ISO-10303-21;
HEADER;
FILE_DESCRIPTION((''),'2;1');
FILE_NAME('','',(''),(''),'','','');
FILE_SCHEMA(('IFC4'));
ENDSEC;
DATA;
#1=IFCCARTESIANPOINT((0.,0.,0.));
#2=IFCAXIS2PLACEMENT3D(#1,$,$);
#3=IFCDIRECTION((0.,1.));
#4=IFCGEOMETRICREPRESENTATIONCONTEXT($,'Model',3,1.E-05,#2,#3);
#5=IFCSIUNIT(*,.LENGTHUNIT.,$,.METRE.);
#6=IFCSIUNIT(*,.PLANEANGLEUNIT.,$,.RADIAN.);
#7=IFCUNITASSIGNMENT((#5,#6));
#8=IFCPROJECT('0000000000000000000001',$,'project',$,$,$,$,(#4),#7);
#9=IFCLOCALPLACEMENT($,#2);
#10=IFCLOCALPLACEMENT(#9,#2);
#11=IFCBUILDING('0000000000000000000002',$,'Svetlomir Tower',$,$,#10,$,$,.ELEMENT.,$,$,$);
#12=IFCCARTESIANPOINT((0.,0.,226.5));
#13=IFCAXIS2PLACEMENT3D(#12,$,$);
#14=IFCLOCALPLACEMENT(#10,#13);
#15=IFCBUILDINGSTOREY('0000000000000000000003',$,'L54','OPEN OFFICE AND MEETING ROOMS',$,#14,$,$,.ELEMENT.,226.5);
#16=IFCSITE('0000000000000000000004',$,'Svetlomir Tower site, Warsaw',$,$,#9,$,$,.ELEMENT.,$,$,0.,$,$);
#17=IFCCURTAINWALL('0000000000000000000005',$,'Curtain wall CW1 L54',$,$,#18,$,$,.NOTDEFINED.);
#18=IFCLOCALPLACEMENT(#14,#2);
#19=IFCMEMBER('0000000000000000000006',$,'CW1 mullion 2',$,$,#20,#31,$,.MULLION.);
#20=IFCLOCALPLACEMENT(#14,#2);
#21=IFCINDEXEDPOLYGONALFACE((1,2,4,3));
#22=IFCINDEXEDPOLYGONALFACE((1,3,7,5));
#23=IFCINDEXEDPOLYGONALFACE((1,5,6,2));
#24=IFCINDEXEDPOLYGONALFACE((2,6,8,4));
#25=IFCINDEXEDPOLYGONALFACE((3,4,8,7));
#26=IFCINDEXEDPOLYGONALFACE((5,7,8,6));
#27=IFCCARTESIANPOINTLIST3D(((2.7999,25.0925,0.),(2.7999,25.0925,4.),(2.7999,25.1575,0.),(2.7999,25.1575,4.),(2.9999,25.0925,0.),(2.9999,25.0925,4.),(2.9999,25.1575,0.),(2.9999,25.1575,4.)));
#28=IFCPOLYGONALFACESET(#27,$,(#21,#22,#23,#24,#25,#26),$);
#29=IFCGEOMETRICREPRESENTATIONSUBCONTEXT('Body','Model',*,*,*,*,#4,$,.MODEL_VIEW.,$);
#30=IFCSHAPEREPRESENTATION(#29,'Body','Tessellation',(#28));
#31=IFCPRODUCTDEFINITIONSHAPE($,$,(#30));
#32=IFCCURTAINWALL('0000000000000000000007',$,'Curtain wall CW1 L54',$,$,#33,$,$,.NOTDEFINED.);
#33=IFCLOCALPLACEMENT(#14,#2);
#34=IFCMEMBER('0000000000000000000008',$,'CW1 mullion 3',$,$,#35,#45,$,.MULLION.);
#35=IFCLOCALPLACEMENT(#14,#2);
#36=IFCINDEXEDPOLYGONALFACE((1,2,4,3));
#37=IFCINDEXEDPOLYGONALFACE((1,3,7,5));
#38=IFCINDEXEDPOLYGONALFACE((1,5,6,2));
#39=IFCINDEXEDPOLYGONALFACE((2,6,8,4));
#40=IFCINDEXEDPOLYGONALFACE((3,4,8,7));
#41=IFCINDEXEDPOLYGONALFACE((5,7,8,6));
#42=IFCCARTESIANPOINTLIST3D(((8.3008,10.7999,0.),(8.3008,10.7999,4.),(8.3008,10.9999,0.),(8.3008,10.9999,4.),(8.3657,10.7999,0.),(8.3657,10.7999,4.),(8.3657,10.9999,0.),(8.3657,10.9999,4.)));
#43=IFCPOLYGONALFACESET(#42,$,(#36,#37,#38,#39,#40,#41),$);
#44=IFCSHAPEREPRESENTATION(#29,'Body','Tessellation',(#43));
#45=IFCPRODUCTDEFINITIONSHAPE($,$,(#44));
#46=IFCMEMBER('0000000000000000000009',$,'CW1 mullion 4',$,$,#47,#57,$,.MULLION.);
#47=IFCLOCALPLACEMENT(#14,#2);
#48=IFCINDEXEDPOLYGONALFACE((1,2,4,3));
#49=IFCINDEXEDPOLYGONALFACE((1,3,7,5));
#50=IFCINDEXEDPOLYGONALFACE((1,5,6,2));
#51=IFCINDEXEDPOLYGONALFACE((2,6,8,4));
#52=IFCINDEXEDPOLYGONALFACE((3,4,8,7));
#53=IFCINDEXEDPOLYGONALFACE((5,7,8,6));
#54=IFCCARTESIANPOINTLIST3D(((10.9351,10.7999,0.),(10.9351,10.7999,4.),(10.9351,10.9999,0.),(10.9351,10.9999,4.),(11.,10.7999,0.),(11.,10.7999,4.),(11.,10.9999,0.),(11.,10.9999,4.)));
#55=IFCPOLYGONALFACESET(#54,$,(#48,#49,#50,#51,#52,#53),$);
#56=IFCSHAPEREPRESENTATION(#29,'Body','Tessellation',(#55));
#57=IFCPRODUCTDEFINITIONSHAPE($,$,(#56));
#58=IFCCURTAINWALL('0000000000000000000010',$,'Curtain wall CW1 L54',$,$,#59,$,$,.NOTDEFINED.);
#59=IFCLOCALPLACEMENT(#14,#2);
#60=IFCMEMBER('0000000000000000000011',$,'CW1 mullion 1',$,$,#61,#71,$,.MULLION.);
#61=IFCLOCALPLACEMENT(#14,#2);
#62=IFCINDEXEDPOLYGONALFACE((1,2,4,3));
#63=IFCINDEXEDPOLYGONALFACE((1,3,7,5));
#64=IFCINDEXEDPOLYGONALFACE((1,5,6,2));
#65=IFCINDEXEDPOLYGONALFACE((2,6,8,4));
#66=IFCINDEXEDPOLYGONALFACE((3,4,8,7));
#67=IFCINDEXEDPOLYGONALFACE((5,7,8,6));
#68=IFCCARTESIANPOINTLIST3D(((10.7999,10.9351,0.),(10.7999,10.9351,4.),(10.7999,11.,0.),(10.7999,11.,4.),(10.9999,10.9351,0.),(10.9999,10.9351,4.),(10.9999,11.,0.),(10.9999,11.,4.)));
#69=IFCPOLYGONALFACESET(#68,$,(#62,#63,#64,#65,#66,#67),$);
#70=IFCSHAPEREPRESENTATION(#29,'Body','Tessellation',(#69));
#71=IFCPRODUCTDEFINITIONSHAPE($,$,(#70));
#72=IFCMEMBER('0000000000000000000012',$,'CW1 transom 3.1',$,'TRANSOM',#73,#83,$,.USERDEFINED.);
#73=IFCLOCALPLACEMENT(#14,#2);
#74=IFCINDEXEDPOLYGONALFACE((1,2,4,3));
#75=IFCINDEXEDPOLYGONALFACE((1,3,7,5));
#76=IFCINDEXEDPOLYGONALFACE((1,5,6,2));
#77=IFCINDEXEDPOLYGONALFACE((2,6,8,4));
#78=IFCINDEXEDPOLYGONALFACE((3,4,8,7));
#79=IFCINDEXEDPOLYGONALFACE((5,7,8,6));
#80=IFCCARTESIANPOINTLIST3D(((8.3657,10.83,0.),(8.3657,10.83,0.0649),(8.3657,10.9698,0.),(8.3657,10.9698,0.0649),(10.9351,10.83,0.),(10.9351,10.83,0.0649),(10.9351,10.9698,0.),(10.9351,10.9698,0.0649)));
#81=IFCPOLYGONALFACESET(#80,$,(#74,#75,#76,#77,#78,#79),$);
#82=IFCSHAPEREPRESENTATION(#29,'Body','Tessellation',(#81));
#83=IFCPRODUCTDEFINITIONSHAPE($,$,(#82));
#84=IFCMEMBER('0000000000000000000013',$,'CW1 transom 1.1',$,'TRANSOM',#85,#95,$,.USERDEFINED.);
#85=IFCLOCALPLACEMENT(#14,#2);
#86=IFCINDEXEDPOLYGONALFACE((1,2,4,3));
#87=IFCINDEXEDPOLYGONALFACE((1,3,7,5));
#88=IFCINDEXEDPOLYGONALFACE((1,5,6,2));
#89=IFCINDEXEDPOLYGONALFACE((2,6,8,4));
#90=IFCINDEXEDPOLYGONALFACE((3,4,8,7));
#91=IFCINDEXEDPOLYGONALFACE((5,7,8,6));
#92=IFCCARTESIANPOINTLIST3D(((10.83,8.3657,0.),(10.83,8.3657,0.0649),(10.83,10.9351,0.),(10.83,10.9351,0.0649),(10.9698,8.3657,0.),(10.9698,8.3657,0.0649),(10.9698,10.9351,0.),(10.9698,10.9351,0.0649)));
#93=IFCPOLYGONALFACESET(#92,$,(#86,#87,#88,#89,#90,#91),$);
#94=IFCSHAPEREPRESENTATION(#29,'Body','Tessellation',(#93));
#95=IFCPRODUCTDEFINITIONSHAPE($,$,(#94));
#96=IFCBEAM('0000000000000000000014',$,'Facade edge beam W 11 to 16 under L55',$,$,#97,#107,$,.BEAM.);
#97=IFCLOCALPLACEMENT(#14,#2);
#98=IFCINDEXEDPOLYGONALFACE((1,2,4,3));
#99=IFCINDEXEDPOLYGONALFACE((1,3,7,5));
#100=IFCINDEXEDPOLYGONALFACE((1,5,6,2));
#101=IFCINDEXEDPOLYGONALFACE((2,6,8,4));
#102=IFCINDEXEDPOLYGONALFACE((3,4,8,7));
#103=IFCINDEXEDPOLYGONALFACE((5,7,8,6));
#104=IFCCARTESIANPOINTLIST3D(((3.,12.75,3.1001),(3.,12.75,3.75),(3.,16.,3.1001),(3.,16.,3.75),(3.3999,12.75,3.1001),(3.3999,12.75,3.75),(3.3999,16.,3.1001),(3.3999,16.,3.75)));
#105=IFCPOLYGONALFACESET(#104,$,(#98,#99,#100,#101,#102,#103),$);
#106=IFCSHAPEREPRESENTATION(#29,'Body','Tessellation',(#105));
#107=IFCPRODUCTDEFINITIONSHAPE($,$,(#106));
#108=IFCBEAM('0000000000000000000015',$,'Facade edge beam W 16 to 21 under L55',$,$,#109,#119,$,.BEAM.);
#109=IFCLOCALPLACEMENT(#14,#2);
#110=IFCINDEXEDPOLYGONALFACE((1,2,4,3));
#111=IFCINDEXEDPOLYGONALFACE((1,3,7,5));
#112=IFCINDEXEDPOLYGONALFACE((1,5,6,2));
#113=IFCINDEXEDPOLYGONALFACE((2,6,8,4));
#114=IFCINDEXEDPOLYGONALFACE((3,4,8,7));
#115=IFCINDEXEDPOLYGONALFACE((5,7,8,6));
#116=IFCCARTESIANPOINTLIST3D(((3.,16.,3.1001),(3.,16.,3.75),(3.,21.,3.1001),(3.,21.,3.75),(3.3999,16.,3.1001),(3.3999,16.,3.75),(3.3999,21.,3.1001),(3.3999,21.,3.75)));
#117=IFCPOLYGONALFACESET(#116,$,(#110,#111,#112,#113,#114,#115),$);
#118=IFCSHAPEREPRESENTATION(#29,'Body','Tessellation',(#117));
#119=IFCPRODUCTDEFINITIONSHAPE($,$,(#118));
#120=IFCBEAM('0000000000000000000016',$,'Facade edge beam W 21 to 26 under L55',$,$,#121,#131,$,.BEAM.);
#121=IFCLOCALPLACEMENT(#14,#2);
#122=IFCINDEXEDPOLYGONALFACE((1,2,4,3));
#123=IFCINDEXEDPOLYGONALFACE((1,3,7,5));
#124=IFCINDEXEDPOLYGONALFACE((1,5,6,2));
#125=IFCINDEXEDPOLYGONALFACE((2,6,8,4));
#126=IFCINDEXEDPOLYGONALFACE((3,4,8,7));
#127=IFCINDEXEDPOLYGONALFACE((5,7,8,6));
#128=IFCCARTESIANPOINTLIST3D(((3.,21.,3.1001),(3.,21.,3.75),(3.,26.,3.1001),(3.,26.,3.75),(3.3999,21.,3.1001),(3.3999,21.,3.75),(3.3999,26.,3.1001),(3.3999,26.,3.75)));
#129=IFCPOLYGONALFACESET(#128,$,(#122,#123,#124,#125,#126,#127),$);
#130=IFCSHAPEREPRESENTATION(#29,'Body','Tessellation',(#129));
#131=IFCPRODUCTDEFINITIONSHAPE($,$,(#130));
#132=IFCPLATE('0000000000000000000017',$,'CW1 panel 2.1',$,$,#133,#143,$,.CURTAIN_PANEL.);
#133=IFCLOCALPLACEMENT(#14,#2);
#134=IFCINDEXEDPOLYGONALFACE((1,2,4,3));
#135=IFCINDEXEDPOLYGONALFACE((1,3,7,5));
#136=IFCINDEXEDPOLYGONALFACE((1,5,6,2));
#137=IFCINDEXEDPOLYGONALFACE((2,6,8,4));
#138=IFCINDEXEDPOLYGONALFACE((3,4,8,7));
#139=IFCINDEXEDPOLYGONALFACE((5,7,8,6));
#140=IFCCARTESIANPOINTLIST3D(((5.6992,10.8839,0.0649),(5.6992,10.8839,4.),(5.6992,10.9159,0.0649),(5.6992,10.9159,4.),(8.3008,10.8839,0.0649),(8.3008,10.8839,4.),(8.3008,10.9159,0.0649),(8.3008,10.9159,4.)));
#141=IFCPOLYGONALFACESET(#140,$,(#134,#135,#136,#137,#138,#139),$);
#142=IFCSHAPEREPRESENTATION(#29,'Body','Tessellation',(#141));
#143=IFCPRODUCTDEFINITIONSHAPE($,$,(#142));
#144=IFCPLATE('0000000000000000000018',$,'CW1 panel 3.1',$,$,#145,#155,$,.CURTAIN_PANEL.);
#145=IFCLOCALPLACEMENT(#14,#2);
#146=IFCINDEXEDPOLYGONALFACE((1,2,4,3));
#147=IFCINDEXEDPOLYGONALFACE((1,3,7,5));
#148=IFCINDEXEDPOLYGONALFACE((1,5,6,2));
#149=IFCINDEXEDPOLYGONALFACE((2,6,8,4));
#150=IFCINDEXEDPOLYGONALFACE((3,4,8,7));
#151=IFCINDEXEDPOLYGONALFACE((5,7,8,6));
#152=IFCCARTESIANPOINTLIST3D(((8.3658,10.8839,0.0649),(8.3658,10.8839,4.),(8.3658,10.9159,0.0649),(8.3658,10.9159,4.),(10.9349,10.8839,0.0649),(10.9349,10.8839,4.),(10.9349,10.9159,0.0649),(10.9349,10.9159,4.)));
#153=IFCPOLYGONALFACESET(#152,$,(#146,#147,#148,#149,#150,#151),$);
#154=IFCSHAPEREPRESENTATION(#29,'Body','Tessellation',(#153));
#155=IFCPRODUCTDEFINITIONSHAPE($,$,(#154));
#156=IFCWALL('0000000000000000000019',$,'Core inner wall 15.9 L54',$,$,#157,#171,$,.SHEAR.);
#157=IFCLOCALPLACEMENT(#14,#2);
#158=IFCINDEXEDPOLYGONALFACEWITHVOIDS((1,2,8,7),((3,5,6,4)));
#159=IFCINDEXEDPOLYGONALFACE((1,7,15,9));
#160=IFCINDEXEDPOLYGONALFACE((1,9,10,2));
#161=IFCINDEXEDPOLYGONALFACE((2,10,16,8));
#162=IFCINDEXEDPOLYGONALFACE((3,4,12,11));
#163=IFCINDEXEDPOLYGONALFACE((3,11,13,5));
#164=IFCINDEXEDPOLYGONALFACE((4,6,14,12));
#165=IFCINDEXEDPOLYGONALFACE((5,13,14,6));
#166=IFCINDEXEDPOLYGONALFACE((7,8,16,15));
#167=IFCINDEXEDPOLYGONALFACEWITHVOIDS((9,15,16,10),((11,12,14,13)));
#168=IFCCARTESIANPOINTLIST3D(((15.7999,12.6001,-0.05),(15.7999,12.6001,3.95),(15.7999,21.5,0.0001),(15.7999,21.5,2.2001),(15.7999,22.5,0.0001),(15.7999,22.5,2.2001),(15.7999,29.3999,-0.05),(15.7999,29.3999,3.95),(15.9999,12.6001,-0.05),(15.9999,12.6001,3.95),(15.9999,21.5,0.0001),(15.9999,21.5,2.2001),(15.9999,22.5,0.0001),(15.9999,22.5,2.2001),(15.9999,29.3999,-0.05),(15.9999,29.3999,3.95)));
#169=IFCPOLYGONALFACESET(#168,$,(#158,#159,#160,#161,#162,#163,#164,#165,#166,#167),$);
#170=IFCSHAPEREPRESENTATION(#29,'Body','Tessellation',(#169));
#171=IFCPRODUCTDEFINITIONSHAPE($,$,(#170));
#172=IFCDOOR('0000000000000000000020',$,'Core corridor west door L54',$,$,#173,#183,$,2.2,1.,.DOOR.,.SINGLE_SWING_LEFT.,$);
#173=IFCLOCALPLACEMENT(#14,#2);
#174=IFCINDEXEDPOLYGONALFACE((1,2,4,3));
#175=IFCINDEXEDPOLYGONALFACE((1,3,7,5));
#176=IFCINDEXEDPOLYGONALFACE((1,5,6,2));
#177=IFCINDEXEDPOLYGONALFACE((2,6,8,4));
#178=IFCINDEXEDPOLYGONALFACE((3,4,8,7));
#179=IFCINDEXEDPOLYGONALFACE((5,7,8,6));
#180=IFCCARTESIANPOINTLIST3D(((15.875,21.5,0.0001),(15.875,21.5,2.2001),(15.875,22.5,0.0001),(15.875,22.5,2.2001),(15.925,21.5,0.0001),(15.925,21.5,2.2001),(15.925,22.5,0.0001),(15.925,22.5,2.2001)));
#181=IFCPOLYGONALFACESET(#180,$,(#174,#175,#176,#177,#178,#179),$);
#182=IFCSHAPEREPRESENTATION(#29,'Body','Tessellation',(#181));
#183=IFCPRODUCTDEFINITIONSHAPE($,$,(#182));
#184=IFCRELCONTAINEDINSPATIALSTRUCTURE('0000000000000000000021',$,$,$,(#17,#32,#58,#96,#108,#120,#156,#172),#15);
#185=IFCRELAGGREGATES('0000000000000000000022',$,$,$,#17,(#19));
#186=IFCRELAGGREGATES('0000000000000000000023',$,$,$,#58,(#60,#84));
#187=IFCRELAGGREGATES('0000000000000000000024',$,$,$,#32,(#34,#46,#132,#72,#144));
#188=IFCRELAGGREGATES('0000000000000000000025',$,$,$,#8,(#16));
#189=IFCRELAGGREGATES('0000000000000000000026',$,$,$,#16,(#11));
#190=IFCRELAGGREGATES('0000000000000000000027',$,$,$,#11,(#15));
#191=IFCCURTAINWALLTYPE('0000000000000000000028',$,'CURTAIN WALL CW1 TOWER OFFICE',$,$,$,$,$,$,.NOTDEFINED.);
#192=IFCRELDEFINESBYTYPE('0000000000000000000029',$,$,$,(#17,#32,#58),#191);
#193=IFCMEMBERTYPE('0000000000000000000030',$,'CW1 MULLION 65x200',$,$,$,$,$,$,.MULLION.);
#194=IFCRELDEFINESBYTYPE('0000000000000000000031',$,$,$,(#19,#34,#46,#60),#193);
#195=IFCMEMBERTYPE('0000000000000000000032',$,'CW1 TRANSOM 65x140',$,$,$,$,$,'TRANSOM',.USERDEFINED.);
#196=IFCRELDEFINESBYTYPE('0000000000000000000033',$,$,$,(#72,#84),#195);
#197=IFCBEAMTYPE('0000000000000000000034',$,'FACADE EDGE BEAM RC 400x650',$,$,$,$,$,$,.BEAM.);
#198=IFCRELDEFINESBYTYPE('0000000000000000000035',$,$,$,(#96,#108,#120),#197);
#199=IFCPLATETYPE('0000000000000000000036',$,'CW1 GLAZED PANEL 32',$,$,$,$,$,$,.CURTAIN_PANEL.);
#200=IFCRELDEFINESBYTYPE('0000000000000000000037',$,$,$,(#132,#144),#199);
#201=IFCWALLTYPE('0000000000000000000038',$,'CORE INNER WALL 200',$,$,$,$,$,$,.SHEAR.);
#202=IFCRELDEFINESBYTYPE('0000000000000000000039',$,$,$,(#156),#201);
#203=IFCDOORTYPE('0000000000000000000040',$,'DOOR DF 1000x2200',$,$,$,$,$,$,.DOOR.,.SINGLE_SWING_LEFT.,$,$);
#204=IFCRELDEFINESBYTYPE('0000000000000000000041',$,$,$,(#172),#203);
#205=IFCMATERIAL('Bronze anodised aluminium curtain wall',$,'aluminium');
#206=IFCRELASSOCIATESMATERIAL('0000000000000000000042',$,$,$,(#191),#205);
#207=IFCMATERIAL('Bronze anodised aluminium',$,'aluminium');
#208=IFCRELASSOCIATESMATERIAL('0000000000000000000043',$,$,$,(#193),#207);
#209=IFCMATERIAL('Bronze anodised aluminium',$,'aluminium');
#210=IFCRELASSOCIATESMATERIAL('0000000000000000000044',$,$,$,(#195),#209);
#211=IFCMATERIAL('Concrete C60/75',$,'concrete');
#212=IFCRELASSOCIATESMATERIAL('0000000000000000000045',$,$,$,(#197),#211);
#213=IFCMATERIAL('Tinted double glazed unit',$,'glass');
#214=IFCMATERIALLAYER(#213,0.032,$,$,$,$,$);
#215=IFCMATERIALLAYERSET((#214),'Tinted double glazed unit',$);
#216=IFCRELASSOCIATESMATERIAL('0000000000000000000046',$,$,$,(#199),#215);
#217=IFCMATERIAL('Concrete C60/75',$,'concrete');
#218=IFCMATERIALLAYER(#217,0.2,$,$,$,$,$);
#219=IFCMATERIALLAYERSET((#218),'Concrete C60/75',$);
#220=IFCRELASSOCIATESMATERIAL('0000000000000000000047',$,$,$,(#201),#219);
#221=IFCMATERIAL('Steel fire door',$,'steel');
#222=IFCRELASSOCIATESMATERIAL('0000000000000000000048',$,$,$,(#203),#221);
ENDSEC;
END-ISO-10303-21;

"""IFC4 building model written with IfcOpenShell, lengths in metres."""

from ifc_helpers import new_model, si_unit, direction, frame, frame_2d, origin, origin_2d, place, context, subcontext, project, spatial, rectangle, extrude, material, layer, layer_set, material_profile, profile_set, type_object, element, fill, aggregate, save


model = new_model("IFC4")

# Units and contexts
model_context = context("Model", 3, precision=1e-05, world=origin(), true_north=direction((0.0, 1.0)))
body_context = subcontext(model_context, "Body", "Model", "MODEL_VIEW")
ifc_project = project(units=[si_unit("LENGTHUNIT", "METRE"), si_unit("PLANEANGLEUNIT", "RADIAN")], contexts=[model_context])

# Site, building, storey
site_placement = place(None, origin())
site = spatial("IfcSite", under=ifc_project, at=site_placement, Name="Svetlomir Tower site, Warsaw", CompositionType="ELEMENT", RefElevation=0.0)
building_placement = place(site_placement, origin())
building = spatial("IfcBuilding", under=site, at=building_placement, Name="Svetlomir Tower", CompositionType="ELEMENT")
storey_placement = place(building_placement, frame((0.0, 0.0, 226.5)))
storey = spatial("IfcBuildingStorey", under=building, at=storey_placement, Name="L54", Description="OPEN OFFICE AND MEETING ROOMS", CompositionType="ELEMENT", Elevation=226.5)

# Curtain wall, member
ifc_material_1 = material(Name="Bronze anodised aluminium curtain wall", Category="aluminium")
curtain_wall_type = type_object("IfcCurtainWallType", Name="CURTAIN WALL CW1 TOWER OFFICE", PredefinedType="NOTDEFINED", material=ifc_material_1)
curtain_wall_1_placement = place(storey_placement, origin())
curtain_wall_1 = element("IfcCurtainWall", 1, at=curtain_wall_1_placement, inside=storey, type_object=curtain_wall_type, Name="Curtain wall CW1 L54", PredefinedType="NOTDEFINED")
ifc_material_2 = material(Name="Bronze anodised aluminium", Category="aluminium")
ifc_material_profile_1 = material_profile(ifc_material_2, rectangle(XDim=0.0649, YDim=0.2, at=origin_2d()), Name="AL 65x200")
ifc_profile_set_1 = profile_set([ifc_material_profile_1], Name="Bronze anodised aluminium 6063-T6")
member_type_1 = type_object("IfcMemberType", Name="CW1 MULLION 65x200", PredefinedType="MULLION", material=ifc_profile_set_1)
member_1_placement = place(storey_placement, frame((2.8999, 25.125, 0.0), z_axis=(0.0, 0.0, 1.0), x_axis=(0.0, -1.0, 0.0)))
member_1 = element("IfcMember", 2, at=member_1_placement, type_object=member_type_1, Name="CW1 mullion 2", PredefinedType="MULLION", context=body_context, shape_type="SweptSolid", body=[
    extrude(rectangle(XDim=0.0649, YDim=0.2, at=origin_2d()), origin(), (0.0, 0.0, 1.0), 4.0),
])
aggregate(curtain_wall_1, [member_1])

# Curtain wall, members
curtain_wall_2_placement = place(storey_placement, origin())
curtain_wall_2 = element("IfcCurtainWall", 3, at=curtain_wall_2_placement, inside=storey, type_object=curtain_wall_type, Name="Curtain wall CW1 L54", PredefinedType="NOTDEFINED")
member_2_placement = place(storey_placement, frame((8.3333, 10.8999, 0.0), z_axis=(0.0, 0.0, 1.0), x_axis=(1.0, 0.0, 0.0)))
member_2 = element("IfcMember", 4, at=member_2_placement, type_object=member_type_1, Name="CW1 mullion 3", PredefinedType="MULLION", context=body_context, shape_type="SweptSolid", body=[
    extrude(rectangle(XDim=0.0649, YDim=0.2, at=origin_2d()), origin(), (0.0, 0.0, 1.0), 4.0),
])
member_3_placement = place(storey_placement, frame((10.9675, 10.8999, 0.0), z_axis=(0.0, 0.0, 1.0), x_axis=(1.0, 0.0, 0.0)))
member_3 = element("IfcMember", 5, at=member_3_placement, type_object=member_type_1, Name="CW1 mullion 4", PredefinedType="MULLION", context=body_context, shape_type="SweptSolid", body=[
    extrude(rectangle(XDim=0.0649, YDim=0.2, at=origin_2d()), origin(), (0.0, 0.0, 1.0), 4.0),
])

# Curtain wall, member
curtain_wall_3_placement = place(storey_placement, origin())
curtain_wall_3 = element("IfcCurtainWall", 6, at=curtain_wall_3_placement, inside=storey, type_object=curtain_wall_type, Name="Curtain wall CW1 L54", PredefinedType="NOTDEFINED")
member_4_placement = place(storey_placement, frame((10.8999, 10.9675, 0.0), z_axis=(0.0, 0.0, 1.0), x_axis=(0.0, -1.0, 0.0)))
member_4 = element("IfcMember", 7, at=member_4_placement, type_object=member_type_1, Name="CW1 mullion 1", PredefinedType="MULLION", context=body_context, shape_type="SweptSolid", body=[
    extrude(rectangle(XDim=0.0649, YDim=0.2, at=origin_2d()), origin(), (0.0, 0.0, 1.0), 4.0),
])

# Members
ifc_material_3 = material(Name="Bronze anodised aluminium", Category="aluminium")
ifc_material_profile_2 = material_profile(ifc_material_3, rectangle(XDim=0.1399, YDim=0.0649, at=origin_2d()), Name="AL 140x65")
ifc_profile_set_2 = profile_set([ifc_material_profile_2], Name="Bronze anodised aluminium 6063-T6")
member_type_2 = type_object("IfcMemberType", Name="CW1 TRANSOM 65x140", ElementType="TRANSOM", PredefinedType="USERDEFINED", material=ifc_profile_set_2)
member_5_placement = place(storey_placement, frame((8.3657, 10.8999, 0.0325), z_axis=(1.0, 0.0, 0.0), x_axis=(0.0, 1.0, 0.0)))
member_5 = element("IfcMember", 8, at=member_5_placement, type_object=member_type_2, Name="CW1 transom 3.1", ObjectType="TRANSOM", PredefinedType="USERDEFINED", context=body_context, shape_type="SweptSolid", body=[
    extrude(rectangle(XDim=0.1399, YDim=0.0649, at=origin_2d()), origin(), (0.0, 0.0, 1.0), 2.5693),
])
member_6_placement = place(storey_placement, frame((10.8999, 10.9351, 0.0325), z_axis=(0.0, -1.0, 0.0), x_axis=(1.0, 0.0, 0.0)))
member_6 = element("IfcMember", 9, at=member_6_placement, type_object=member_type_2, Name="CW1 transom 1.1", ObjectType="TRANSOM", PredefinedType="USERDEFINED", context=body_context, shape_type="SweptSolid", body=[
    extrude(rectangle(XDim=0.1399, YDim=0.0649, at=origin_2d()), origin(), (0.0, 0.0, 1.0), 2.5693),
])
aggregate(curtain_wall_3, [member_4, member_6])

# Beams
ifc_material_4 = material(Name="Concrete C60/75", Category="concrete")
ifc_material_profile_3 = material_profile(ifc_material_4, rectangle(XDim=0.3999, YDim=0.6499, at=origin_2d()), Name="RC 400x650")
ifc_profile_set_3 = profile_set([ifc_material_profile_3], Name="Concrete C60/75")
beam_type = type_object("IfcBeamType", Name="FACADE EDGE BEAM RC 400x650", PredefinedType="BEAM", material=ifc_profile_set_3)
beam_placement = place(storey_placement, frame((3.2, 12.75, 3.425), z_axis=(0.0, 1.0, 0.0), x_axis=(-1.0, 0.0, 0.0)))
element("IfcBeam", 10, at=beam_placement, inside=storey, type_object=beam_type, Name="Facade edge beam W 11 to 16 under L55", PredefinedType="BEAM", context=body_context, shape_type="SweptSolid", body=[
    extrude(rectangle(XDim=0.3999, YDim=0.6499, at=origin_2d()), origin(), (0.0, 0.0, 1.0), 3.25),
])
for number, where, z_axis, x_axis, name in (
    (11, (3.2, 16.0, 3.425), (0.0, 1.0, 0.0), (-1.0, 0.0, 0.0), "Facade edge beam W 16 to 21 under L55"),
    (12, (3.2, 21.0, 3.425), (0.0, 1.0, 0.0), (-1.0, 0.0, 0.0), "Facade edge beam W 21 to 26 under L55"),
):
    element("IfcBeam", number, at=place(storey_placement, frame(where, z_axis=z_axis, x_axis=x_axis)), inside=storey, type_object=beam_type, Name=name, PredefinedType="BEAM", context=body_context, shape_type="SweptSolid", body=[
        extrude(rectangle(XDim=0.3999, YDim=0.6499, at=origin_2d()), origin(), (0.0, 0.0, 1.0), 5.0),
    ])

# Plates
ifc_material_5 = material(Name="Tinted double glazed unit", Category="glass")
ifc_layer_1 = layer(ifc_material_5, 0.032)
ifc_layer_set_1 = layer_set([ifc_layer_1], Name="Tinted double glazed unit")
plate_type = type_object("IfcPlateType", Name="CW1 GLAZED PANEL 32", PredefinedType="CURTAIN_PANEL", material=ifc_layer_set_1)
plate_1_placement = place(storey_placement, frame((7.0, 10.8999, 0.0649), z_axis=(0.0, 0.0, 1.0), x_axis=(1.0, 0.0, 0.0)))
plate_1 = element("IfcPlate", 13, at=plate_1_placement, type_object=plate_type, Name="CW1 panel 2.1", PredefinedType="CURTAIN_PANEL", context=body_context, shape_type="SweptSolid", body=[
    extrude(rectangle(XDim=2.6016, YDim=0.032, at=origin_2d()), origin(), (0.0, 0.0, 1.0), 3.9351),
])
plate_2_placement = place(storey_placement, frame((9.6504, 10.8999, 0.0649), z_axis=(0.0, 0.0, 1.0), x_axis=(1.0, 0.0, 0.0)))
plate_2 = element("IfcPlate", 14, at=plate_2_placement, type_object=plate_type, Name="CW1 panel 3.1", PredefinedType="CURTAIN_PANEL", context=body_context, shape_type="SweptSolid", body=[
    extrude(rectangle(XDim=2.5691, YDim=0.032, at=origin_2d()), origin(), (0.0, 0.0, 1.0), 3.9351),
])
aggregate(curtain_wall_2, [member_2, member_3, plate_1, member_5, plate_2])

# Wall, opening, door
ifc_material_6 = material(Name="Concrete C60/75", Category="concrete")
ifc_layer_2 = layer(ifc_material_6, 0.2)
ifc_layer_set_2 = layer_set([ifc_layer_2], Name="Concrete C60/75")
wall_type_1 = type_object("IfcWallType", Name="CORE INNER WALL 200", PredefinedType="SHEAR", material=ifc_layer_set_2)
wall_1_placement = place(storey_placement, frame((15.8999, 12.6001, -0.05), z_axis=(0.0, 0.0, 1.0), x_axis=(0.0, 1.0, 0.0)))
wall_1 = element("IfcWall", 15, at=wall_1_placement, inside=storey, type_object=wall_type_1, Name="Core inner wall 15.9 L54", PredefinedType="SHEAR", context=body_context, shape_type="SweptSolid", body=[
    extrude(rectangle(XDim=16.7998, YDim=0.2, at=frame_2d((8.3999, 0.0))), origin(), (0.0, 0.0, 1.0), 4.0),
])
opening_1_placement = place(wall_1_placement, frame((8.8999, 0.0, 0.05)))
opening_1 = element("IfcOpeningElement", 16, at=opening_1_placement, cuts=wall_1, PredefinedType="OPENING", context=body_context, shape_type="SweptSolid", body=[
    extrude(rectangle(XDim=1.0, YDim=2.2, at=frame_2d((0.5, 1.1001))), frame((0.0, 0.1099, 0.0), z_axis=(0.0, -1.0, 0.0), x_axis=(1.0, 0.0, 0.0)), (0.0, 0.0, 1.0), 0.22),
])
ifc_material_7 = material(Name="Steel fire door", Category="steel")
door_type_1 = type_object("IfcDoorType", Name="DOOR DF 1000x2200", OperationType="SINGLE_SWING_LEFT", PredefinedType="DOOR", material=ifc_material_7)
door_1_placement = place(opening_1_placement, origin())
door_1 = element("IfcDoor", 17, at=door_1_placement, inside=storey, type_object=door_type_1, Name="Core corridor west door L54", OperationType="SINGLE_SWING_LEFT", OverallHeight=2.2, OverallWidth=1.0, PredefinedType="DOOR", context=body_context, shape_type="SweptSolid", body=[
    extrude(rectangle(XDim=1.0, YDim=2.2, at=frame_2d((0.5, 1.1001))), frame((0.0, 0.0249, 0.0), z_axis=(0.0, -1.0, 0.0), x_axis=(1.0, 0.0, 0.0)), (0.0, 0.0, 1.0), 0.05),
])
fill(opening_1, door_1)

save(model, "model.ifc")
